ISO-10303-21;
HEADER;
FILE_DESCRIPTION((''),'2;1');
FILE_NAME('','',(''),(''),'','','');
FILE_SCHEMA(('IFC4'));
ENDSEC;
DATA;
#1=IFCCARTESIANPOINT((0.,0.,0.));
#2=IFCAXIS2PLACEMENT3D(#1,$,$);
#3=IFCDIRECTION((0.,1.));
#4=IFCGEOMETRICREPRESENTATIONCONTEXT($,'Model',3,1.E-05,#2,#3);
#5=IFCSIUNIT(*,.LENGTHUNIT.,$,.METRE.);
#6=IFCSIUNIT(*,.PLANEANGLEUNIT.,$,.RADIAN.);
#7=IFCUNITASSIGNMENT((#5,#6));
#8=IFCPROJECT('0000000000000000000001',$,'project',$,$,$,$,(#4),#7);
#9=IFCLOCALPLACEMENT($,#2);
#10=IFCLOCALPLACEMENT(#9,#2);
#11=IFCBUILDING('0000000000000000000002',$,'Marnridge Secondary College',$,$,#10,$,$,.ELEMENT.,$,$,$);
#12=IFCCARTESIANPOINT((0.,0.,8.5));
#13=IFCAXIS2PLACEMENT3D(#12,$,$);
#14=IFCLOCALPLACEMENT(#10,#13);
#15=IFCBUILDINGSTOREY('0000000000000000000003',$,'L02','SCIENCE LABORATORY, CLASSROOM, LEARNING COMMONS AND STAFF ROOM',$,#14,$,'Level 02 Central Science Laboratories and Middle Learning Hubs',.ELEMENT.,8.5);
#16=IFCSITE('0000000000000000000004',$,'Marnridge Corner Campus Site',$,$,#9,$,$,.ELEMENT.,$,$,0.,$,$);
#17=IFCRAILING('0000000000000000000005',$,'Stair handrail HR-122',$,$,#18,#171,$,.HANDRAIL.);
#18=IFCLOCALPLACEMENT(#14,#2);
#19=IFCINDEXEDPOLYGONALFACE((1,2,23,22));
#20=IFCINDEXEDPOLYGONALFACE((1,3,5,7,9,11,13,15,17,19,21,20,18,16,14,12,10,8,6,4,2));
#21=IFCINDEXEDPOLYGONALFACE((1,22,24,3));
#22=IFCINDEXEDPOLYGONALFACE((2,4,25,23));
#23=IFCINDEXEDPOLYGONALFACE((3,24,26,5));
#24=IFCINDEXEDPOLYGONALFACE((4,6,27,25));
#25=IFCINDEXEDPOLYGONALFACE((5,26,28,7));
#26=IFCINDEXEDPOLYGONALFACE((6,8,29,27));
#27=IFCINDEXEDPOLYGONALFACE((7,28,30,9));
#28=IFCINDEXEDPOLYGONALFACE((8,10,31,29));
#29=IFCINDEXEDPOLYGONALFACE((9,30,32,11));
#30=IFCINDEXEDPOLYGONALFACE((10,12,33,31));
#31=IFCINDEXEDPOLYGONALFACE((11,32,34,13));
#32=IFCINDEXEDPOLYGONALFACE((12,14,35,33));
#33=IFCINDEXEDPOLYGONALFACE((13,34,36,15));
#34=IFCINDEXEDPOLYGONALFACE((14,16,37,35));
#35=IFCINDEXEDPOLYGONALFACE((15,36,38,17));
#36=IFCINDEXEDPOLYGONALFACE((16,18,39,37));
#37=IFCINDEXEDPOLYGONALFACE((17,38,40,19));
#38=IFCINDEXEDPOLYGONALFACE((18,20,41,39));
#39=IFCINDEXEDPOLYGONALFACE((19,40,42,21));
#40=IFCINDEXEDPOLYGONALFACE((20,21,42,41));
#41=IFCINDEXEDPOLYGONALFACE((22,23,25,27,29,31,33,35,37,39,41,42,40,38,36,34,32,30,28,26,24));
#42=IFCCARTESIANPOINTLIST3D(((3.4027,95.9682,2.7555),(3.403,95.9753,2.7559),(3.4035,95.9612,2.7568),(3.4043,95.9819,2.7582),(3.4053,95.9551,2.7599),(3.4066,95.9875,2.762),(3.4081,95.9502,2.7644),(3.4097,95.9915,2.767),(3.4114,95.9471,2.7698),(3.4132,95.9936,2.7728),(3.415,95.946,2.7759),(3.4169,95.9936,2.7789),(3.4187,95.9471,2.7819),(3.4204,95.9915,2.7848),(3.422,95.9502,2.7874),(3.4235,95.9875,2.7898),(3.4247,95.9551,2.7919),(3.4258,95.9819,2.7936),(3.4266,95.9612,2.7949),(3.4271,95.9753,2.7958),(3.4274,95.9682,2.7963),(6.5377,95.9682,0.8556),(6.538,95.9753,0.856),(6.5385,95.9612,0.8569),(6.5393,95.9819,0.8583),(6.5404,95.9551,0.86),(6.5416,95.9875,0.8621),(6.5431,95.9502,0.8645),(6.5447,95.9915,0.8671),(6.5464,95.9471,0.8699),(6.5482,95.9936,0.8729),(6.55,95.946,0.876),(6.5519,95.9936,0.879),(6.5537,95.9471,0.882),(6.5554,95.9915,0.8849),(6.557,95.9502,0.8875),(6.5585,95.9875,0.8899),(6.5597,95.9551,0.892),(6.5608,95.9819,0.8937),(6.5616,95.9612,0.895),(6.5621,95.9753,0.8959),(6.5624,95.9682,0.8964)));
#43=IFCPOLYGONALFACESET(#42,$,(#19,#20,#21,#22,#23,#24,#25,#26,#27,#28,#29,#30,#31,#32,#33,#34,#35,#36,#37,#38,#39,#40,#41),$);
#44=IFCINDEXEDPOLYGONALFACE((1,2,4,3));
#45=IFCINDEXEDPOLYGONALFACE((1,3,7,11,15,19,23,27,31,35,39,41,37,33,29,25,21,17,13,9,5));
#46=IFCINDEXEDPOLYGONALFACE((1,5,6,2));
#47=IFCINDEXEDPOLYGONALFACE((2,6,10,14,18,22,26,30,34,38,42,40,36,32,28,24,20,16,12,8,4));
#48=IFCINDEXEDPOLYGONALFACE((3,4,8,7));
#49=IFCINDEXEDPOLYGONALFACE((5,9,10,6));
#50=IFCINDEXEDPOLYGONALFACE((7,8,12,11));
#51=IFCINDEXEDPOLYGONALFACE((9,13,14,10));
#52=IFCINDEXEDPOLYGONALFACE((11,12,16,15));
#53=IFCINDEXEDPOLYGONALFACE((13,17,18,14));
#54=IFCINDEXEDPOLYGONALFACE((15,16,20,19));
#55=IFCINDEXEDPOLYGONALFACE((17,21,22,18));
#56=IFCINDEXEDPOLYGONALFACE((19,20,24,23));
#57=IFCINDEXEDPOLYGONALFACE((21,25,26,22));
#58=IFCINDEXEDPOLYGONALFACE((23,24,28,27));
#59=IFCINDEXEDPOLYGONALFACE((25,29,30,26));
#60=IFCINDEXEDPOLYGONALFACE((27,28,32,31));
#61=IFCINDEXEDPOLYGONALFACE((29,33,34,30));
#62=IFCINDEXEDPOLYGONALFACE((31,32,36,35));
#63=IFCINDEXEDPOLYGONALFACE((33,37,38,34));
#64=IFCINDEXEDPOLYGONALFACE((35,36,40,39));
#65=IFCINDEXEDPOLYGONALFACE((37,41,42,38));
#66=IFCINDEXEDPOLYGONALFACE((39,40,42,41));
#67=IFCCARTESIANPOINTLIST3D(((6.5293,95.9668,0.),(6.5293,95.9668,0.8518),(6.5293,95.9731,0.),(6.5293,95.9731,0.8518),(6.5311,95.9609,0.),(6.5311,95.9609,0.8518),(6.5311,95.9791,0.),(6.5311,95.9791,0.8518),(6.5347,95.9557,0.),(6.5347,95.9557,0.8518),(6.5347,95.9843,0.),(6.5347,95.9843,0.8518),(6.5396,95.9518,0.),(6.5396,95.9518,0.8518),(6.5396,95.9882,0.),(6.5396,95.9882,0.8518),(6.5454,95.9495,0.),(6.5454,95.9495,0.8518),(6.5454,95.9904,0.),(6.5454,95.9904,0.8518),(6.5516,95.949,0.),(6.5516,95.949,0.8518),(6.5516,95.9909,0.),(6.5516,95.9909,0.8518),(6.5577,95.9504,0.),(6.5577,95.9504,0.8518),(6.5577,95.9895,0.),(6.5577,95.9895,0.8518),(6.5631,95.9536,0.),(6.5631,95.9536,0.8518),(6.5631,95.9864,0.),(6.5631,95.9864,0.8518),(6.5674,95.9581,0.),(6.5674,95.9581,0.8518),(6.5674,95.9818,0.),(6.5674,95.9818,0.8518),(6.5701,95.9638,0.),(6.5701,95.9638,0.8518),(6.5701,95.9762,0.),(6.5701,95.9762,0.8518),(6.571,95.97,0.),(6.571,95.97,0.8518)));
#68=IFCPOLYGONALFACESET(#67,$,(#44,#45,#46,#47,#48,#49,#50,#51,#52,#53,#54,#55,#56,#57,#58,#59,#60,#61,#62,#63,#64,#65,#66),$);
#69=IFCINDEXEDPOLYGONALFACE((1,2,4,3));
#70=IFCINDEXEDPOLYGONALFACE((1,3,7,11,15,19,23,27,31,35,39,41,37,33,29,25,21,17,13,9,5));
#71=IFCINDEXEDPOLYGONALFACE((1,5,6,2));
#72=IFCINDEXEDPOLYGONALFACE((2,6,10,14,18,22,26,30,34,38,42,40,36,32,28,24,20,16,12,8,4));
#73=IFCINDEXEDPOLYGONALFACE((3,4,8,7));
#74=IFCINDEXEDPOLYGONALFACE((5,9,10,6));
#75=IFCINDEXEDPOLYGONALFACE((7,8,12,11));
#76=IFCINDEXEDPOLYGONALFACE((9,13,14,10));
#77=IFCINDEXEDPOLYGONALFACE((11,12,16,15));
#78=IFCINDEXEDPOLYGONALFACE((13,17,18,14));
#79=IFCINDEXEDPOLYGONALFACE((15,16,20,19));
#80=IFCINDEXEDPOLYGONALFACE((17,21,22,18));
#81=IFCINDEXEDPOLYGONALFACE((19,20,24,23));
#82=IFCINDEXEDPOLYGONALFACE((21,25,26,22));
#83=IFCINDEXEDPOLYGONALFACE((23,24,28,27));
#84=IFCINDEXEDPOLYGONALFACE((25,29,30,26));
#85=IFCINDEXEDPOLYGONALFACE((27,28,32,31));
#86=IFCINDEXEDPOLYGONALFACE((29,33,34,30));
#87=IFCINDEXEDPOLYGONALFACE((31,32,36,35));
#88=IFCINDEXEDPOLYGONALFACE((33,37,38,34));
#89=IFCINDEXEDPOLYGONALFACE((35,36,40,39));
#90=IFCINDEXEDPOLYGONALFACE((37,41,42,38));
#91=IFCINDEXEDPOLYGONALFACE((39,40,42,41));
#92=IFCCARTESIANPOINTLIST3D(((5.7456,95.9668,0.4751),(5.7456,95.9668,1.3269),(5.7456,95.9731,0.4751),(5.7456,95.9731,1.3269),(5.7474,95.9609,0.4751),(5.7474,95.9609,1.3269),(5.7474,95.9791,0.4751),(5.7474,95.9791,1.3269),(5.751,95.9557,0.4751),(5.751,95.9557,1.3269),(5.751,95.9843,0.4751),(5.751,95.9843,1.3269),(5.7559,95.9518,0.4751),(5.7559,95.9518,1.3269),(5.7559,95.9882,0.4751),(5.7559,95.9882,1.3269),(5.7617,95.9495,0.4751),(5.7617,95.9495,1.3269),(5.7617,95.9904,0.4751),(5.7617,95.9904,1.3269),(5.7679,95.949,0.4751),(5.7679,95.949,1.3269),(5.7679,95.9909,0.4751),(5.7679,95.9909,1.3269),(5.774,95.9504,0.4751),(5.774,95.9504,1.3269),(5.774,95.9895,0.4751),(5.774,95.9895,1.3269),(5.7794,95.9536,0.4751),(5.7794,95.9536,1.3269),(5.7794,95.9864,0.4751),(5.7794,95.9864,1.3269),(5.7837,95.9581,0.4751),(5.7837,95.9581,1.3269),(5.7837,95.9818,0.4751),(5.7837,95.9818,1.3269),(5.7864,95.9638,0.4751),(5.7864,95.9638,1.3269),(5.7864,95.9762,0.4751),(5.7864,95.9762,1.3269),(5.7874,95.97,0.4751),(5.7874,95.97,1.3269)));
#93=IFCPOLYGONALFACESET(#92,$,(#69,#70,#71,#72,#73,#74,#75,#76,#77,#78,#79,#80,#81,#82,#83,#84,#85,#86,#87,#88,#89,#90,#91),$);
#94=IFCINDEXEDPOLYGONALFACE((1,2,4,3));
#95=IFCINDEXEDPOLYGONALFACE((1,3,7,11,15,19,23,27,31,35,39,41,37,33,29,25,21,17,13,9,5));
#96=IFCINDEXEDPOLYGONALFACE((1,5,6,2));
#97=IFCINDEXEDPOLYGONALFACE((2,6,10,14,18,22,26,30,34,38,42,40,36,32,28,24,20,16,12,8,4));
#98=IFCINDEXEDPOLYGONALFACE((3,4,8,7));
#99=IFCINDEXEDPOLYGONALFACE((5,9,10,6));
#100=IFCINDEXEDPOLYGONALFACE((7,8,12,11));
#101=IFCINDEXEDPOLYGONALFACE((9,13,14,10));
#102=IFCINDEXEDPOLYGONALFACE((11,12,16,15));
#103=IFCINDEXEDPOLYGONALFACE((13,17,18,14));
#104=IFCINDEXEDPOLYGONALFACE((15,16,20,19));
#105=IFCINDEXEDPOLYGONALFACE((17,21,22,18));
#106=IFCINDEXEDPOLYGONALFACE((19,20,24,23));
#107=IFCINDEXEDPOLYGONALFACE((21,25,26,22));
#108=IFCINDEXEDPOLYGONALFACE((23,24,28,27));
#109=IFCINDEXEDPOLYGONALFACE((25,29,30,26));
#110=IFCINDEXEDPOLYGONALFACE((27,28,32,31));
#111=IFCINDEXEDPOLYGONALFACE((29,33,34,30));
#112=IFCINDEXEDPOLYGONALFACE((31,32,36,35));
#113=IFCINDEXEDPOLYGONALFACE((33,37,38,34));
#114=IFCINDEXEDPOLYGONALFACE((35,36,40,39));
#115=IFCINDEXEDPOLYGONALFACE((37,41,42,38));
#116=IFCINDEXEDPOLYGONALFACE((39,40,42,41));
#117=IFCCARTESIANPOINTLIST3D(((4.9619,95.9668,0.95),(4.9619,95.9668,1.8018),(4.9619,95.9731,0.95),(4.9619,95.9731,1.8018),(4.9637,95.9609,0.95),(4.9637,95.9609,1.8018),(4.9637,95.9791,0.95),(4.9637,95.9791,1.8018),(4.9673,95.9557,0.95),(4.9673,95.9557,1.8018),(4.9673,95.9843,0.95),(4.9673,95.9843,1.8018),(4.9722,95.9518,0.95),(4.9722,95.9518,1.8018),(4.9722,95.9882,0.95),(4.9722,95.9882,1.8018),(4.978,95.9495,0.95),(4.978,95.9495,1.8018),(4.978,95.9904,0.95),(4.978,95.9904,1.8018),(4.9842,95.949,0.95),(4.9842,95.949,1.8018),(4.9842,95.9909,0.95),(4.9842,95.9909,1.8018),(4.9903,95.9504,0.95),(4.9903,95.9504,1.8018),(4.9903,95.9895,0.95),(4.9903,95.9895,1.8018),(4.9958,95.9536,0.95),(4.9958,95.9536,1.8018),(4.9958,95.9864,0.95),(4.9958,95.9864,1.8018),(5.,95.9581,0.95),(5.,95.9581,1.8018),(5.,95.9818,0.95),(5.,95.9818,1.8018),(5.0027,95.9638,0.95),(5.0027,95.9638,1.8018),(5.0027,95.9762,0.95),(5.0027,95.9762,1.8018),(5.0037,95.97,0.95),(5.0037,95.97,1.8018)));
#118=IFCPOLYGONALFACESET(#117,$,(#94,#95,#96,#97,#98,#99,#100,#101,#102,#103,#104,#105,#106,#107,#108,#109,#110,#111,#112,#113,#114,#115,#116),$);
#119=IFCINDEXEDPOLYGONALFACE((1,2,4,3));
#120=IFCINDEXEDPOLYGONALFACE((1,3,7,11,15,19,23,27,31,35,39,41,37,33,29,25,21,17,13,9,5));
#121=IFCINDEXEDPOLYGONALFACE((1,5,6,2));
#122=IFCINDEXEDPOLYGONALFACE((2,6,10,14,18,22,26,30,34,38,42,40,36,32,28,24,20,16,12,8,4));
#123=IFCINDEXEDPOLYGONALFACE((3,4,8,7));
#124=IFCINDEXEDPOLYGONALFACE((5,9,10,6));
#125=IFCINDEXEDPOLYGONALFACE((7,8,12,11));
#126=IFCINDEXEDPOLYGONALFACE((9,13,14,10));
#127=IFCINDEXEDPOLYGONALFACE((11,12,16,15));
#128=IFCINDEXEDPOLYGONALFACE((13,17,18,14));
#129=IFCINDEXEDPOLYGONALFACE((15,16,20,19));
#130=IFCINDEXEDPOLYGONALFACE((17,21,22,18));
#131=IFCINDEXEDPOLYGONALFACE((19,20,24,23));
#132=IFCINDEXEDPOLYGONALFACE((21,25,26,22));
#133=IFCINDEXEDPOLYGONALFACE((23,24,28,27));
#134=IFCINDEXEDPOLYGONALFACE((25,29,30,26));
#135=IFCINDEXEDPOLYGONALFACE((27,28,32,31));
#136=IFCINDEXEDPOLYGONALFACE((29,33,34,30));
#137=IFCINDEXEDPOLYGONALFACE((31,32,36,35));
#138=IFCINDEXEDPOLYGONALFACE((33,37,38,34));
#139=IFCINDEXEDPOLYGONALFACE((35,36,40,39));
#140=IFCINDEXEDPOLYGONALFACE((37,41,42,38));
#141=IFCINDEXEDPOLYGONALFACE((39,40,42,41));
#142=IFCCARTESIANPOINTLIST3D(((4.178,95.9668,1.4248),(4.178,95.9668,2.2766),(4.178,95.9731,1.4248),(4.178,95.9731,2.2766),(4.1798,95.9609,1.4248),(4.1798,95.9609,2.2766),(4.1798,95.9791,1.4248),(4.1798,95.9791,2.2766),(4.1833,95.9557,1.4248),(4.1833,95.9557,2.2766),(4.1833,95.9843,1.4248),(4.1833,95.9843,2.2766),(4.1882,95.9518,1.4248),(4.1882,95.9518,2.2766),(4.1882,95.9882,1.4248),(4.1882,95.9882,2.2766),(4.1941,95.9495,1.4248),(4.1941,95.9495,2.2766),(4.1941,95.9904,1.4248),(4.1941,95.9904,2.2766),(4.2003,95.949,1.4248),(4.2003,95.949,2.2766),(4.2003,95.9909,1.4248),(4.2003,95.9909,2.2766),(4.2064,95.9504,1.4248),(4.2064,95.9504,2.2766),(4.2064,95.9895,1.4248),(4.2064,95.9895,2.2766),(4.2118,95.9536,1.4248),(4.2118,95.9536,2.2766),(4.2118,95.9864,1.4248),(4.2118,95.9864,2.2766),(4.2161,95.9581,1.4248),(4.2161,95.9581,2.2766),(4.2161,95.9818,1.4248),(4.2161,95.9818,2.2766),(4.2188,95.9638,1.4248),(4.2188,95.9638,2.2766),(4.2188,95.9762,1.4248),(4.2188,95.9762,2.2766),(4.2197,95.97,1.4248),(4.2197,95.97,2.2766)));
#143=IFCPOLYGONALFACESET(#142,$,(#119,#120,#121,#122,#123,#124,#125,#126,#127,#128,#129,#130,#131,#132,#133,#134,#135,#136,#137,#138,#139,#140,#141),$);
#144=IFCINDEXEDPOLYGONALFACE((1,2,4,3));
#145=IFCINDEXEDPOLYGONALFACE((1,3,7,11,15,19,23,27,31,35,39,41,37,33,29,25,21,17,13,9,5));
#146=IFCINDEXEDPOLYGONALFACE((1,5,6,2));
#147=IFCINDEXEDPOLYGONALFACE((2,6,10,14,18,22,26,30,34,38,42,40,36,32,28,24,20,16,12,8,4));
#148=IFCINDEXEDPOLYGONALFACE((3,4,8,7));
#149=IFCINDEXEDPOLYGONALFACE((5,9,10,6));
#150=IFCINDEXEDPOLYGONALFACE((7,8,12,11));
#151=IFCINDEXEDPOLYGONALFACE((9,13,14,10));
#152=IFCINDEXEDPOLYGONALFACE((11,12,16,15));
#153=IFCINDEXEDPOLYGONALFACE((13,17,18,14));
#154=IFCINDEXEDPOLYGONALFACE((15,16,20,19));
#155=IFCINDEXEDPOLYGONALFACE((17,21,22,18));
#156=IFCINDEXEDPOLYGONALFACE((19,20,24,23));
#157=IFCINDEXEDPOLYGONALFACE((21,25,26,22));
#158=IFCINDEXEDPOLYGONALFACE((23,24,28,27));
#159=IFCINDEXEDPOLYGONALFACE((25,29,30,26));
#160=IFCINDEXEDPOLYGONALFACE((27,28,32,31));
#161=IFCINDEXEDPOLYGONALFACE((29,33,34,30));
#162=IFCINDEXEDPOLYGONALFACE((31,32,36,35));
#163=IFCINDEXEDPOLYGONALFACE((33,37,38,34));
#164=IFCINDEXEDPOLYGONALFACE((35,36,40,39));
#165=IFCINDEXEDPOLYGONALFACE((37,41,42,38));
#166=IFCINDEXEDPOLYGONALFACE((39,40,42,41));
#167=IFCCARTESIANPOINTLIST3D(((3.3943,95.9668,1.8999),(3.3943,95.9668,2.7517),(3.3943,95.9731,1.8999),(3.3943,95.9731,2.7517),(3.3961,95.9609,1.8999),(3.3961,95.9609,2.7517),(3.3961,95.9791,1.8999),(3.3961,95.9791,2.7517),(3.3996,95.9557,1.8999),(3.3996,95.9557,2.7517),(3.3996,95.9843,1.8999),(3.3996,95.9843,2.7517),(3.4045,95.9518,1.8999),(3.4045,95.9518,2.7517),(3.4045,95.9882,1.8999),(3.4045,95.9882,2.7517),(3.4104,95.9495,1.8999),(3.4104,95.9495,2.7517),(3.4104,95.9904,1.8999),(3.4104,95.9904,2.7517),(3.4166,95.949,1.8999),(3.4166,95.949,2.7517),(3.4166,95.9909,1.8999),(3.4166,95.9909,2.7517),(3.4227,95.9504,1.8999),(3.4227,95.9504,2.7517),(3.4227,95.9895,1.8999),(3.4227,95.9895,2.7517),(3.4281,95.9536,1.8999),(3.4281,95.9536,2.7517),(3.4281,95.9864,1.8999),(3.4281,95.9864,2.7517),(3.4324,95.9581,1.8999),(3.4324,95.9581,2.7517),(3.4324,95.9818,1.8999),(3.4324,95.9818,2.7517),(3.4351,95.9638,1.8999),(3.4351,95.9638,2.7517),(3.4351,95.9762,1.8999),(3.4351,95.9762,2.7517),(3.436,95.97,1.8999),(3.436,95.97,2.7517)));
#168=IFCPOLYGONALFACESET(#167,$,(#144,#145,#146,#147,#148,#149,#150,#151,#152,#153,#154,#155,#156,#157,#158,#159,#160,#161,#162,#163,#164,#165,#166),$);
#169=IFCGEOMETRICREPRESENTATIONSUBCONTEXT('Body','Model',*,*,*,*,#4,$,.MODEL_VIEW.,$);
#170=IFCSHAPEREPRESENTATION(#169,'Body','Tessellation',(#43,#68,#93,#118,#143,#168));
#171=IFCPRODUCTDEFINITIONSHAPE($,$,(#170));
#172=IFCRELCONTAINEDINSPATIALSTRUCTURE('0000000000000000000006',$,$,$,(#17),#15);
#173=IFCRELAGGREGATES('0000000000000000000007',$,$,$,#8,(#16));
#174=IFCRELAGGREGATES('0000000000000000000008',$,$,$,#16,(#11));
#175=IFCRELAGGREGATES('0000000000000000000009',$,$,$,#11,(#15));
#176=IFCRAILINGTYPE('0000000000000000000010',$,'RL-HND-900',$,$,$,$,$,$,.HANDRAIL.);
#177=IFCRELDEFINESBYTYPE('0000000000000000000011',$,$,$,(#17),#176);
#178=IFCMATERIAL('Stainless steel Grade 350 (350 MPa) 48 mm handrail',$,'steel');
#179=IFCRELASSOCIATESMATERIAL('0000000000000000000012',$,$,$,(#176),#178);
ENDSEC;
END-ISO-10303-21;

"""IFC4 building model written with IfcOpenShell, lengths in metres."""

from ifc_helpers import new_model, si_unit, direction, frame, origin, origin_2d, place, context, subcontext, project, spatial, circle, extrude, material, type_object, element, save


model = new_model("IFC4")

# Units and contexts
model_context = context("Model", 3, precision=1e-05, world=origin(), true_north=direction((0.0, 1.0)))
body_context = subcontext(model_context, "Body", "Model", "MODEL_VIEW")
ifc_project = project(units=[si_unit("LENGTHUNIT", "METRE"), si_unit("PLANEANGLEUNIT", "RADIAN")], contexts=[model_context])

# Site, building, storey
site_placement = place(None, origin())
site = spatial("IfcSite", under=ifc_project, at=site_placement, Name="Marnridge Corner Campus Site", CompositionType="ELEMENT", RefElevation=0.0)
building_placement = place(site_placement, origin())
building = spatial("IfcBuilding", under=site, at=building_placement, Name="Marnridge Secondary College", CompositionType="ELEMENT")
storey_placement = place(building_placement, frame((0.0, 0.0, 8.5)))
storey = spatial("IfcBuildingStorey", under=building, at=storey_placement, Name="L02", Description="SCIENCE LABORATORY, CLASSROOM, LEARNING COMMONS AND STAFF ROOM", LongName="Level 02 Central Science Laboratories and Middle Learning Hubs", CompositionType="ELEMENT", Elevation=8.5)

# Railing
ifc_material_1 = material(Name="Stainless steel Grade 350 (350 MPa) 48 mm handrail", Category="steel")
railing_type_1 = type_object("IfcRailingType", Name="RL-HND-900", PredefinedType="HANDRAIL", material=ifc_material_1)
railing_1_placement = place(storey_placement, frame((6.55, 95.97, 0.0)))
element("IfcRailing", 1, at=railing_1_placement, inside=storey, type_object=railing_type_1, Name="Stair handrail HR-122", PredefinedType="HANDRAIL", context=body_context, shape_type="SweptSolid", body=[
    extrude(circle(Radius=0.0239, at=origin_2d()), frame((0.0, 0.0, 0.876), z_axis=(-0.85521, 0.0, 0.518281), x_axis=(0.0, -1.0, 0.0)), (0.0, 0.0, 1.0), 3.6658),
    extrude(circle(Radius=0.021, at=origin_2d()), origin(), (0.0, 0.0, 1.0), 0.8518),
    extrude(circle(Radius=0.021, at=origin_2d()), frame((-0.7837, 0.0, 0.4751)), (0.0, 0.0, 1.0), 0.8518),
    extrude(circle(Radius=0.021, at=origin_2d()), frame((-1.5674, 0.0, 0.95)), (0.0, 0.0, 1.0), 0.8518),
    extrude(circle(Radius=0.021, at=origin_2d()), frame((-2.3513, 0.0, 1.4248)), (0.0, 0.0, 1.0), 0.8518),
    extrude(circle(Radius=0.021, at=origin_2d()), frame((-3.135, 0.0, 1.8999)), (0.0, 0.0, 1.0), 0.8518),
])

save(model, "model.ifc")
